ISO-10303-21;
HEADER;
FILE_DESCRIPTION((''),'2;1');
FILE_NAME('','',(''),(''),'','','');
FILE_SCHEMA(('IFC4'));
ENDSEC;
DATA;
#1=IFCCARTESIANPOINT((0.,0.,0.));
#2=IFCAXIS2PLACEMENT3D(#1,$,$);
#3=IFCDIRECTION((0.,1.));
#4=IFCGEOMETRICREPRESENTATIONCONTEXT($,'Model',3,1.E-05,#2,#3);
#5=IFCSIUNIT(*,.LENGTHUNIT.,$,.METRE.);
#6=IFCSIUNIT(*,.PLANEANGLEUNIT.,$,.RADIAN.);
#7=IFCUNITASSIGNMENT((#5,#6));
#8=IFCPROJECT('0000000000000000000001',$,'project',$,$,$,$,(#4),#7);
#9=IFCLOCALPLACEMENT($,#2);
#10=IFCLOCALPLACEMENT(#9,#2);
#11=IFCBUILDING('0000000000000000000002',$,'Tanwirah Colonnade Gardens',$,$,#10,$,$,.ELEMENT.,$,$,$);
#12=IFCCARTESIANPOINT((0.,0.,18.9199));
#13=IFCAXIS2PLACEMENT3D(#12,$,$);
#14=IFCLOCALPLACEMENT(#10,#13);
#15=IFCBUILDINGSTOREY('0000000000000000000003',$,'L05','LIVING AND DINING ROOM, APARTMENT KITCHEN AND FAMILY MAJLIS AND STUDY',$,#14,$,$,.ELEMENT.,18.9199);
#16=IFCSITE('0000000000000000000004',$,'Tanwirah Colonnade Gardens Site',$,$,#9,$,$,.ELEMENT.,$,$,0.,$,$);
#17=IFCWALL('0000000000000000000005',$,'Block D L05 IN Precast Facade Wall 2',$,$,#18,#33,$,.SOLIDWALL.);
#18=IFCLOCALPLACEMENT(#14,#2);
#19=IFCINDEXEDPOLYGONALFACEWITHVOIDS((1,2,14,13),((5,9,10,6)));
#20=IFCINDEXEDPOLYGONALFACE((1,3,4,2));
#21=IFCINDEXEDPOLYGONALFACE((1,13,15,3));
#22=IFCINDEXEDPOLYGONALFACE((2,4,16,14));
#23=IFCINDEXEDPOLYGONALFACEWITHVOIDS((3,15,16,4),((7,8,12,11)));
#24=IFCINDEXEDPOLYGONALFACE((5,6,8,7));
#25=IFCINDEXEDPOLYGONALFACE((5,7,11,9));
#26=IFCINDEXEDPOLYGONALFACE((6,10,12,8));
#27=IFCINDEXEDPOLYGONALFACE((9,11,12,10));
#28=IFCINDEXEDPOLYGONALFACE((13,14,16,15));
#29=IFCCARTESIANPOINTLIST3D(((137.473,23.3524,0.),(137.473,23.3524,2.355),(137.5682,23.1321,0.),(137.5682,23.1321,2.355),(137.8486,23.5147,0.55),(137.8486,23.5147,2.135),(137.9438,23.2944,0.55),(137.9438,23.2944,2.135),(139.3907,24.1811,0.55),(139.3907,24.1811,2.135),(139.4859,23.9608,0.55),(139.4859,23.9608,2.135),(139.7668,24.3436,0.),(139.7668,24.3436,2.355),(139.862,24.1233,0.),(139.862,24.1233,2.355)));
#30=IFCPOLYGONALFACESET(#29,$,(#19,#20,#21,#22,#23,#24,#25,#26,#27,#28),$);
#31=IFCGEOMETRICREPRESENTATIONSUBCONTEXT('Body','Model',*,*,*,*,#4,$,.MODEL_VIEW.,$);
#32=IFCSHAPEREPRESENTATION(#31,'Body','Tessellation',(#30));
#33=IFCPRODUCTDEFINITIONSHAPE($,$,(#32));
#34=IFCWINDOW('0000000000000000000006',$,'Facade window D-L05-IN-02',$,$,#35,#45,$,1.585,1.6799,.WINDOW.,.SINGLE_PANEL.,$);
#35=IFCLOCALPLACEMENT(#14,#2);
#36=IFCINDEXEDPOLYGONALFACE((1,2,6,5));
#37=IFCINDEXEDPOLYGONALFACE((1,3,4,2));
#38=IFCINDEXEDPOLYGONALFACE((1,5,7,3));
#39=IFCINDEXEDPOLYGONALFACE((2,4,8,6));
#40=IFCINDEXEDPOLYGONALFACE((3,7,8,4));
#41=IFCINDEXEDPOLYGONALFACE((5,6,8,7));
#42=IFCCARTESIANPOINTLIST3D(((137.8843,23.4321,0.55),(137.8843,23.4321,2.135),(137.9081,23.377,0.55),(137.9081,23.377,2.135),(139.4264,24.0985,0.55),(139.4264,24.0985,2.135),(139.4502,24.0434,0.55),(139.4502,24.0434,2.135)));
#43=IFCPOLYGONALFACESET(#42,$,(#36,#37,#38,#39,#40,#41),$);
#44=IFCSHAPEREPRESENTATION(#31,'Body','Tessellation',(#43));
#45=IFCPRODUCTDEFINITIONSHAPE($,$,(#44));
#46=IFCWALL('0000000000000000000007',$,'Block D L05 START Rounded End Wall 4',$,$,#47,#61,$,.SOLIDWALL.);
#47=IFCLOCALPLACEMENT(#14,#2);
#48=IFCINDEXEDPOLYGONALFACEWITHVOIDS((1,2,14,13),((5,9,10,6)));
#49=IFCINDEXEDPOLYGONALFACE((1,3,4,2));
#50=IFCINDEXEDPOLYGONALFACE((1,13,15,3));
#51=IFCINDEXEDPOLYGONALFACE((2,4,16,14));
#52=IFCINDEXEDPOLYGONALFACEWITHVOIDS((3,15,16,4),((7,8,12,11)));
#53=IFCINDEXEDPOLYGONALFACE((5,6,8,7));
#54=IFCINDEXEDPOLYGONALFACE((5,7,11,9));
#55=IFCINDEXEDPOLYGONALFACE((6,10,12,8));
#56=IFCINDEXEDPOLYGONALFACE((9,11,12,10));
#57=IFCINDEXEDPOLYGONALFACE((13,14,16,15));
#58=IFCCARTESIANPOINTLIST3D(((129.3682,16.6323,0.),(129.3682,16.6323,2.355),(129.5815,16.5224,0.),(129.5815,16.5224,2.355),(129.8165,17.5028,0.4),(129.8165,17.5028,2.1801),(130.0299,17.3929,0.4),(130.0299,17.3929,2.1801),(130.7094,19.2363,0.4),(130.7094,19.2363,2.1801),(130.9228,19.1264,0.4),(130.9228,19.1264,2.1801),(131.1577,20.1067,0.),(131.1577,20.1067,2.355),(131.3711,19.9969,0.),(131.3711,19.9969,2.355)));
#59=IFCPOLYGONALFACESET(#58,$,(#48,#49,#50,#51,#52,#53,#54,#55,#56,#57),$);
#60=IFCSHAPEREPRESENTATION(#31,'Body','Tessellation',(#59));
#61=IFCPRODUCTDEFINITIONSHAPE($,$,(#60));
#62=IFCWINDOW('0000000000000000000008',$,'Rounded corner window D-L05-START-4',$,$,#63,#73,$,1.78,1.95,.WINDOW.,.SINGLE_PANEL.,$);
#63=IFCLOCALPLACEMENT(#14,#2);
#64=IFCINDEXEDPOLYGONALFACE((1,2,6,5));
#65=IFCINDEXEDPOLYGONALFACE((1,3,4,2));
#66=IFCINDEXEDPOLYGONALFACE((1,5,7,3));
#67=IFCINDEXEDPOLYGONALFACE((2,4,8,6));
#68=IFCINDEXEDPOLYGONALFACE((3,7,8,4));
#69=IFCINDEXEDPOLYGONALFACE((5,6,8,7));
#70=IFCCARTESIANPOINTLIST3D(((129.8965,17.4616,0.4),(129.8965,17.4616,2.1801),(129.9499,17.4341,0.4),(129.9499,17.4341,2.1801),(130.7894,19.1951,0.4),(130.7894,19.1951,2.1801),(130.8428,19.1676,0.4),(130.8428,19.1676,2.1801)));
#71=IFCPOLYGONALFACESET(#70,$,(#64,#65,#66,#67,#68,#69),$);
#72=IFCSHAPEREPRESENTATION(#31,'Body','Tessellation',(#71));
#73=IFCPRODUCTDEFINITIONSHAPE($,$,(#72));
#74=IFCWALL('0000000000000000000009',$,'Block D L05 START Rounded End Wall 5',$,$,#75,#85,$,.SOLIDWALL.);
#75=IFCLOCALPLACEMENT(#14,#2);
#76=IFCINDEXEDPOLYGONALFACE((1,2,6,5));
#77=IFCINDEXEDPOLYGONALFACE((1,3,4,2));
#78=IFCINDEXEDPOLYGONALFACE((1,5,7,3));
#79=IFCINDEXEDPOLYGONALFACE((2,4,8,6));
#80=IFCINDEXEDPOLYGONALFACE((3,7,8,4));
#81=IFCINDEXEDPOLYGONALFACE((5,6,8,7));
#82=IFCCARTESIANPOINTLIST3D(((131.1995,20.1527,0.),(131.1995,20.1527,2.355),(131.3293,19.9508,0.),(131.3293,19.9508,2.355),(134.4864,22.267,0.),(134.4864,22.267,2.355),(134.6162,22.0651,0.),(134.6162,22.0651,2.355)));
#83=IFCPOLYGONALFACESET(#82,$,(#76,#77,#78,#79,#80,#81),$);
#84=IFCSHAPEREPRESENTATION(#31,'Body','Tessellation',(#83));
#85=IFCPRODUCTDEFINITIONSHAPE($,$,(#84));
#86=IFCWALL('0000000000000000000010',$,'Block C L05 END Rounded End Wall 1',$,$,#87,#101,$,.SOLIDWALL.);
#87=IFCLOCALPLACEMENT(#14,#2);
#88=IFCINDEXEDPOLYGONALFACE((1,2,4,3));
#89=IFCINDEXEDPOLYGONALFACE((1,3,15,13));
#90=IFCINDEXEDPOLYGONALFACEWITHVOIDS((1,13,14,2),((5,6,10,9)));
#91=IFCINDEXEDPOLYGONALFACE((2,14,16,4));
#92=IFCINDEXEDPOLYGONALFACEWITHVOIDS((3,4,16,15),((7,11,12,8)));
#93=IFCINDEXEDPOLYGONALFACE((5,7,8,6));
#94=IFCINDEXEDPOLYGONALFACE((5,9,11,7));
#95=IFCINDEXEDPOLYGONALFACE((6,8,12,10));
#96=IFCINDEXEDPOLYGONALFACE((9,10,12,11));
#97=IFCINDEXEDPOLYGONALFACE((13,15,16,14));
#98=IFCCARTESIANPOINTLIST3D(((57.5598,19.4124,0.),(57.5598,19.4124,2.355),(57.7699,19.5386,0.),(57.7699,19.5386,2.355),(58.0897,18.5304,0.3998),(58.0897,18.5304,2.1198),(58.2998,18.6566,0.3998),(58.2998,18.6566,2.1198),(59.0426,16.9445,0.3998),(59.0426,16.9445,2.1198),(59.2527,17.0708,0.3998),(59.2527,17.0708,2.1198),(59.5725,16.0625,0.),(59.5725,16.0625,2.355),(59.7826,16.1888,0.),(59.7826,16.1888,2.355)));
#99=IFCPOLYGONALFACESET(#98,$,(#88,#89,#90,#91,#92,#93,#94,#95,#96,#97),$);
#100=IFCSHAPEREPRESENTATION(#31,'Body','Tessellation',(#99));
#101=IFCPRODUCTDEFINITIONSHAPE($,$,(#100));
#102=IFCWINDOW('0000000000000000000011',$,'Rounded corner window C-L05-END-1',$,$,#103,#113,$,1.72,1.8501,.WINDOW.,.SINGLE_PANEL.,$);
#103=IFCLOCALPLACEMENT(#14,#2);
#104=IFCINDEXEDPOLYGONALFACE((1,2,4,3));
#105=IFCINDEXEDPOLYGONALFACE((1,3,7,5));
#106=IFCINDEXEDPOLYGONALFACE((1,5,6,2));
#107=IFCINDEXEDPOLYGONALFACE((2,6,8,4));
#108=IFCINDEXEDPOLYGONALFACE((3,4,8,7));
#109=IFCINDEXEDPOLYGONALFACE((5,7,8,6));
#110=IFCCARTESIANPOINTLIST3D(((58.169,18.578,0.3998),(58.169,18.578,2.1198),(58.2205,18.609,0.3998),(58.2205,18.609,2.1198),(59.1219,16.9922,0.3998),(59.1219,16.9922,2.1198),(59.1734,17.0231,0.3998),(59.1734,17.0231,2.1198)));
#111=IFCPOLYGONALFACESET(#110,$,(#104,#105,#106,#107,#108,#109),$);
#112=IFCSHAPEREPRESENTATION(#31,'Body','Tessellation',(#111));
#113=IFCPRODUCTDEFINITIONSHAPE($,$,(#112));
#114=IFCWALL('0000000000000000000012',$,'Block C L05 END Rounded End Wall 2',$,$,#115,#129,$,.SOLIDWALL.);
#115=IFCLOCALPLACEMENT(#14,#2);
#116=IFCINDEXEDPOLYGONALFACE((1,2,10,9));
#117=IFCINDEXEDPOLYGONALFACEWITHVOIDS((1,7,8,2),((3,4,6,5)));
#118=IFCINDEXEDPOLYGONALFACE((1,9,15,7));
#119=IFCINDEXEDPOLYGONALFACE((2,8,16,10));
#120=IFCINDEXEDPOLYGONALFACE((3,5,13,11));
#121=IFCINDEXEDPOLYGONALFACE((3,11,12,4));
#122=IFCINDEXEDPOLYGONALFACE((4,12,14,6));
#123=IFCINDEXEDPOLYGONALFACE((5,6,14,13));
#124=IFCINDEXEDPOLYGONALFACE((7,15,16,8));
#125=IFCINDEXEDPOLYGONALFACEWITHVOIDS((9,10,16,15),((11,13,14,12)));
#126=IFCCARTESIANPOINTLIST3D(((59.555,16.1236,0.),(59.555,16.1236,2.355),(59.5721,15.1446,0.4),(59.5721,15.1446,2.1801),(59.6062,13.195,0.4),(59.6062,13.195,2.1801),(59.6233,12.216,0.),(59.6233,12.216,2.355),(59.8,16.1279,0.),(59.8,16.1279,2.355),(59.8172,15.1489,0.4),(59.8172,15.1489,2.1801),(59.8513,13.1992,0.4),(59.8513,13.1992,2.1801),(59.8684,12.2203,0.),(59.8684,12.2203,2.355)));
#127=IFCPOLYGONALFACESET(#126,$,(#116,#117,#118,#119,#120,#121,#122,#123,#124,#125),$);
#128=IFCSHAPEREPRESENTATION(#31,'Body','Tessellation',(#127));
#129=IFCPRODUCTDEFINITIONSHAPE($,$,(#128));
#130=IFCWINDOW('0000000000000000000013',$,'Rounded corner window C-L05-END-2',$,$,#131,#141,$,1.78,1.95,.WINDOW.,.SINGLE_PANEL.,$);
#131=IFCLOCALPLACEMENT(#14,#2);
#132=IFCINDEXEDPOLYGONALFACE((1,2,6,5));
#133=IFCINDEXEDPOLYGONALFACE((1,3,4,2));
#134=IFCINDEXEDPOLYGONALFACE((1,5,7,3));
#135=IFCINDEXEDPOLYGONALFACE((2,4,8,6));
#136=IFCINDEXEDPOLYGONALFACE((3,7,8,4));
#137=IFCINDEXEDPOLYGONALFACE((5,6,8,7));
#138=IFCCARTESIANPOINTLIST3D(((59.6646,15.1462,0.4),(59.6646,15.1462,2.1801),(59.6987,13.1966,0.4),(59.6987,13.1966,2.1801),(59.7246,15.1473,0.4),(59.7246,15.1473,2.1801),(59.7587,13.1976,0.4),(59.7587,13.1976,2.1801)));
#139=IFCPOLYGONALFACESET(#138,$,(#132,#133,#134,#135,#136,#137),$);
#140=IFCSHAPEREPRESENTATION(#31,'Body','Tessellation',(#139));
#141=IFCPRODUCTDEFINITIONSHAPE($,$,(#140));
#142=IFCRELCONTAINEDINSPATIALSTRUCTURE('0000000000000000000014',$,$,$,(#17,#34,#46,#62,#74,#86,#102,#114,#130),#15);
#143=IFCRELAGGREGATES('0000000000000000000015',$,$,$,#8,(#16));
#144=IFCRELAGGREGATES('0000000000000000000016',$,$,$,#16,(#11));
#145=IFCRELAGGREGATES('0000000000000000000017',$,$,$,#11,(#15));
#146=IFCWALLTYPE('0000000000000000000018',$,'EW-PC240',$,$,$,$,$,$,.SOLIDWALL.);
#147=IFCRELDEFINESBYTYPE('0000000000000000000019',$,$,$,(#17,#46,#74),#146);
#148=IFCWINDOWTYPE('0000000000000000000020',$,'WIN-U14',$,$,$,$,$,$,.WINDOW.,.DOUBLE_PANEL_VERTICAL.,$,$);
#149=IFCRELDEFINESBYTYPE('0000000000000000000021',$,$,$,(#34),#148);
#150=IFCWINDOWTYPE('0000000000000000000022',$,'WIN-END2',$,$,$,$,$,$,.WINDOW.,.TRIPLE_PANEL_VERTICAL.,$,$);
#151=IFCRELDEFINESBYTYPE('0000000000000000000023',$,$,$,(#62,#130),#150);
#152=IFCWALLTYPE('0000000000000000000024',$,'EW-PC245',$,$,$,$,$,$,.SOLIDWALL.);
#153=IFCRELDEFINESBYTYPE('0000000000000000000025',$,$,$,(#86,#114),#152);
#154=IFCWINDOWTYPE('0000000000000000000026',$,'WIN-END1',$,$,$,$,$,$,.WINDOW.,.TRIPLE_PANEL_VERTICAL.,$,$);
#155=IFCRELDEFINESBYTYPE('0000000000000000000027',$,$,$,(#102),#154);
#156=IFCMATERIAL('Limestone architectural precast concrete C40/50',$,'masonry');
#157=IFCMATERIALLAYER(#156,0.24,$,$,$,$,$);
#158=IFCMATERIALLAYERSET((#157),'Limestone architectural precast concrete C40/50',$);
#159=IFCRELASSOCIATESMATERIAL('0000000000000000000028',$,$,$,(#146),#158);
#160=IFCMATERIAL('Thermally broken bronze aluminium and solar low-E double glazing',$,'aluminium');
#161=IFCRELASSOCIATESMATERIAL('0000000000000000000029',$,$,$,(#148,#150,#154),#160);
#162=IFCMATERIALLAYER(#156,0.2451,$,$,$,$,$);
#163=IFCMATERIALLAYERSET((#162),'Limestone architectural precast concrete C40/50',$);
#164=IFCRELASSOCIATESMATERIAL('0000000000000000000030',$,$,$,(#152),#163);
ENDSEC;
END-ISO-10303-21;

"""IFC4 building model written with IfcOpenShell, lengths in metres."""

from ifc_helpers import new_model, si_unit, direction, frame, frame_2d, origin, place, context, subcontext, project, spatial, rectangle, extrude, material, layer, layer_set, type_object, element, fill, save


model = new_model("IFC4")

# Units and contexts
model_context = context("Model", 3, precision=1e-05, world=origin(), true_north=direction((0.0, 1.0)))
body_context = subcontext(model_context, "Body", "Model", "MODEL_VIEW")
ifc_project = project(units=[si_unit("LENGTHUNIT", "METRE"), si_unit("PLANEANGLEUNIT", "RADIAN")], contexts=[model_context])

# Site, building, storey
site_placement = place(None, origin())
site = spatial("IfcSite", under=ifc_project, at=site_placement, Name="Tanwirah Colonnade Gardens Site", CompositionType="ELEMENT", RefElevation=0.0)
building_placement = place(site_placement, origin())
building = spatial("IfcBuilding", under=site, at=building_placement, Name="Tanwirah Colonnade Gardens", CompositionType="ELEMENT")
storey_placement = place(building_placement, frame((0.0, 0.0, 18.9199)))
storey = spatial("IfcBuildingStorey", under=building, at=storey_placement, Name="L05", Description="LIVING AND DINING ROOM, APARTMENT KITCHEN AND FAMILY MAJLIS AND STUDY", CompositionType="ELEMENT", Elevation=18.9199)

# Walls, openings, windows
ifc_material_1 = material(Name="Limestone architectural precast concrete C40/50", Category="masonry")
ifc_layer_1 = layer(ifc_material_1, 0.24)
ifc_layer_set_1 = layer_set([ifc_layer_1], Name="Limestone architectural precast concrete C40/50")
wall_type_1 = type_object("IfcWallType", Name="EW-PC240", PredefinedType="SOLIDWALL", material=ifc_layer_set_1)
ifc_material_2 = material(Name="Thermally broken bronze aluminium and solar low-E double glazing", Category="aluminium")
wall_1_placement = place(storey_placement, frame((137.5205, 23.2422, 0.0), z_axis=(0.0, 0.0, 1.0), x_axis=(0.917953, 0.396689, 0.0)))
wall_1 = element("IfcWall", 1, at=wall_1_placement, inside=storey, type_object=wall_type_1, Name="Block D L05 IN Precast Facade Wall 2", PredefinedType="SOLIDWALL", context=body_context, shape_type="SweptSolid", body=[
    extrude(rectangle(XDim=2.4988, YDim=0.24, at=frame_2d((1.2495, 0.0))), origin(), (0.0, 0.0, 1.0), 2.355),
])
opening_1_placement = place(wall_1_placement, frame((0.4094, 0.0, 0.55)))
opening_1 = element("IfcOpeningElement", 2, at=opening_1_placement, cuts=wall_1, PredefinedType="OPENING", context=body_context, shape_type="SweptSolid", body=[
    extrude(rectangle(XDim=1.6799, YDim=1.585, at=frame_2d((0.8398, 0.7925))), frame((0.0, 0.1299, 0.0), z_axis=(0.0, -1.0, 0.0), x_axis=(1.0, 0.0, 0.0)), (0.0, 0.0, 1.0), 0.26),
])
window_type_1 = type_object("IfcWindowType", Name="WIN-U14", PartitioningType="DOUBLE_PANEL_VERTICAL", PredefinedType="WINDOW", material=ifc_material_2)
window_1_placement = place(opening_1_placement, origin())
window_1 = element("IfcWindow", 3, at=window_1_placement, inside=storey, type_object=window_type_1, Name="Facade window D-L05-IN-02", OverallHeight=1.585, OverallWidth=1.6799, PartitioningType="SINGLE_PANEL", PredefinedType="WINDOW", context=body_context, shape_type="SweptSolid", body=[
    extrude(rectangle(XDim=1.6799, YDim=1.585, at=frame_2d((0.8398, 0.7925))), frame((0.0, 0.03, 0.0), z_axis=(0.0, -1.0, 0.0), x_axis=(1.0, 0.0, 0.0)), (0.0, 0.0, 1.0), 0.0601),
])
fill(opening_1, window_1)
wall_2_placement = place(storey_placement, frame((129.4749, 16.5774, 0.0), z_axis=(0.0, 0.0, 1.0), x_axis=(0.457901, 0.889003, 0.0)))
wall_2 = element("IfcWall", 4, at=wall_2_placement, inside=storey, type_object=wall_type_1, Name="Block D L05 START Rounded End Wall 4", PredefinedType="SOLIDWALL", context=body_context, shape_type="SweptSolid", body=[
    extrude(rectangle(XDim=3.9082, YDim=0.24, at=frame_2d((1.9541, 0.0))), origin(), (0.0, 0.0, 1.0), 2.355),
])
opening_2_placement = place(wall_2_placement, frame((0.979, 0.0, 0.3999)))
opening_2 = element("IfcOpeningElement", 5, at=opening_2_placement, cuts=wall_2, PredefinedType="OPENING", context=body_context, shape_type="SweptSolid", body=[
    extrude(rectangle(XDim=1.95, YDim=1.78, at=frame_2d((0.9751, 0.8901))), frame((0.0, 0.1299, 0.0), z_axis=(0.0, -1.0, 0.0), x_axis=(1.0, 0.0, 0.0)), (0.0, 0.0, 1.0), 0.26),
])
window_type_2 = type_object("IfcWindowType", Name="WIN-END2", PartitioningType="TRIPLE_PANEL_VERTICAL", PredefinedType="WINDOW", material=ifc_material_2)
window_2_placement = place(opening_2_placement, origin())
window_2 = element("IfcWindow", 6, at=window_2_placement, inside=storey, type_object=window_type_2, Name="Rounded corner window D-L05-START-4", OverallHeight=1.78, OverallWidth=1.95, PartitioningType="SINGLE_PANEL", PredefinedType="WINDOW", context=body_context, shape_type="SweptSolid", body=[
    extrude(rectangle(XDim=1.95, YDim=1.78, at=frame_2d((0.9751, 0.8901))), frame((0.0, 0.03, 0.0), z_axis=(0.0, -1.0, 0.0), x_axis=(1.0, 0.0, 0.0)), (0.0, 0.0, 1.0), 0.0601),
])
fill(opening_2, window_2)

# Wall
wall_3_placement = place(storey_placement, frame((131.2644, 20.0518, 0.0), z_axis=(0.0, 0.0, 1.0), x_axis=(0.84103, 0.540988, 0.0)))
element("IfcWall", 7, at=wall_3_placement, inside=storey, type_object=wall_type_1, Name="Block D L05 START Rounded End Wall 5", PredefinedType="SOLIDWALL", context=body_context, shape_type="SweptSolid", body=[
    extrude(rectangle(XDim=3.9082, YDim=0.24, at=frame_2d((1.9541, 0.0))), origin(), (0.0, 0.0, 1.0), 2.355),
])

# Walls, openings, windows
ifc_layer_2 = layer(ifc_material_1, 0.2451)
ifc_layer_set_2 = layer_set([ifc_layer_2], Name="Limestone architectural precast concrete C40/50")
wall_type_2 = type_object("IfcWallType", Name="EW-PC245", PredefinedType="SOLIDWALL", material=ifc_layer_set_2)
wall_4_placement = place(storey_placement, frame((57.6648, 19.4756, 0.0), z_axis=(0.0, 0.0, 1.0), x_axis=(0.515019, -0.857179, 0.0)))
wall_4 = element("IfcWall", 8, at=wall_4_placement, inside=storey, type_object=wall_type_2, Name="Block C L05 END Rounded End Wall 1", PredefinedType="SOLIDWALL", context=body_context, shape_type="SweptSolid", body=[
    extrude(rectangle(XDim=3.908, YDim=0.2451, at=frame_2d((1.9541, 0.0))), origin(), (0.0, 0.0, 1.0), 2.355),
])
opening_3_placement = place(wall_4_placement, frame((1.0291, 0.0, 0.3999)))
opening_3 = element("IfcOpeningElement", 9, at=opening_3_placement, cuts=wall_4, PredefinedType="OPENING", context=body_context, shape_type="SweptSolid", body=[
    extrude(rectangle(XDim=1.8501, YDim=1.72, at=frame_2d((0.925, 0.8599))), frame((0.0, 0.1326, 0.0), z_axis=(0.0, -1.0, 0.0), x_axis=(1.0, 0.0, 0.0)), (0.0, 0.0, 1.0), 0.2651),
])
window_type_3 = type_object("IfcWindowType", Name="WIN-END1", PartitioningType="TRIPLE_PANEL_VERTICAL", PredefinedType="WINDOW", material=ifc_material_2)
window_3_placement = place(opening_3_placement, origin())
window_3 = element("IfcWindow", 10, at=window_3_placement, inside=storey, type_object=window_type_3, Name="Rounded corner window C-L05-END-1", OverallHeight=1.72, OverallWidth=1.8501, PartitioningType="SINGLE_PANEL", PredefinedType="WINDOW", context=body_context, shape_type="SweptSolid", body=[
    extrude(rectangle(XDim=1.8501, YDim=1.72, at=frame_2d((0.925, 0.8599))), frame((0.0, 0.03, 0.0), z_axis=(0.0, -1.0, 0.0), x_axis=(1.0, 0.0, 0.0)), (0.0, 0.0, 1.0), 0.0601),
])
fill(opening_3, window_3)
wall_5_placement = place(storey_placement, frame((59.6775, 16.1257, 0.0), z_axis=(0.0, 0.0, 1.0), x_axis=(0.017491, -0.999847, 0.0)))
wall_5 = element("IfcWall", 11, at=wall_5_placement, inside=storey, type_object=wall_type_2, Name="Block C L05 END Rounded End Wall 2", PredefinedType="SOLIDWALL", context=body_context, shape_type="SweptSolid", body=[
    extrude(rectangle(XDim=3.9082, YDim=0.2451, at=frame_2d((1.9541, 0.0))), origin(), (0.0, 0.0, 1.0), 2.355),
])
opening_4_placement = place(wall_5_placement, frame((0.979, 0.0, 0.3999)))
opening_4 = element("IfcOpeningElement", 12, at=opening_4_placement, cuts=wall_5, PredefinedType="OPENING", context=body_context, shape_type="SweptSolid", body=[
    extrude(rectangle(XDim=1.95, YDim=1.78, at=frame_2d((0.9751, 0.8901))), frame((0.0, 0.1326, 0.0), z_axis=(0.0, -1.0, 0.0), x_axis=(1.0, 0.0, 0.0)), (0.0, 0.0, 1.0), 0.2651),
])
window_4_placement = place(opening_4_placement, origin())
window_4 = element("IfcWindow", 13, at=window_4_placement, inside=storey, type_object=window_type_2, Name="Rounded corner window C-L05-END-2", OverallHeight=1.78, OverallWidth=1.95, PartitioningType="SINGLE_PANEL", PredefinedType="WINDOW", context=body_context, shape_type="SweptSolid", body=[
    extrude(rectangle(XDim=1.95, YDim=1.78, at=frame_2d((0.9751, 0.8901))), frame((0.0, 0.03, 0.0), z_axis=(0.0, -1.0, 0.0), x_axis=(1.0, 0.0, 0.0)), (0.0, 0.0, 1.0), 0.0601),
])
fill(opening_4, window_4)

save(model, "model.ifc")
